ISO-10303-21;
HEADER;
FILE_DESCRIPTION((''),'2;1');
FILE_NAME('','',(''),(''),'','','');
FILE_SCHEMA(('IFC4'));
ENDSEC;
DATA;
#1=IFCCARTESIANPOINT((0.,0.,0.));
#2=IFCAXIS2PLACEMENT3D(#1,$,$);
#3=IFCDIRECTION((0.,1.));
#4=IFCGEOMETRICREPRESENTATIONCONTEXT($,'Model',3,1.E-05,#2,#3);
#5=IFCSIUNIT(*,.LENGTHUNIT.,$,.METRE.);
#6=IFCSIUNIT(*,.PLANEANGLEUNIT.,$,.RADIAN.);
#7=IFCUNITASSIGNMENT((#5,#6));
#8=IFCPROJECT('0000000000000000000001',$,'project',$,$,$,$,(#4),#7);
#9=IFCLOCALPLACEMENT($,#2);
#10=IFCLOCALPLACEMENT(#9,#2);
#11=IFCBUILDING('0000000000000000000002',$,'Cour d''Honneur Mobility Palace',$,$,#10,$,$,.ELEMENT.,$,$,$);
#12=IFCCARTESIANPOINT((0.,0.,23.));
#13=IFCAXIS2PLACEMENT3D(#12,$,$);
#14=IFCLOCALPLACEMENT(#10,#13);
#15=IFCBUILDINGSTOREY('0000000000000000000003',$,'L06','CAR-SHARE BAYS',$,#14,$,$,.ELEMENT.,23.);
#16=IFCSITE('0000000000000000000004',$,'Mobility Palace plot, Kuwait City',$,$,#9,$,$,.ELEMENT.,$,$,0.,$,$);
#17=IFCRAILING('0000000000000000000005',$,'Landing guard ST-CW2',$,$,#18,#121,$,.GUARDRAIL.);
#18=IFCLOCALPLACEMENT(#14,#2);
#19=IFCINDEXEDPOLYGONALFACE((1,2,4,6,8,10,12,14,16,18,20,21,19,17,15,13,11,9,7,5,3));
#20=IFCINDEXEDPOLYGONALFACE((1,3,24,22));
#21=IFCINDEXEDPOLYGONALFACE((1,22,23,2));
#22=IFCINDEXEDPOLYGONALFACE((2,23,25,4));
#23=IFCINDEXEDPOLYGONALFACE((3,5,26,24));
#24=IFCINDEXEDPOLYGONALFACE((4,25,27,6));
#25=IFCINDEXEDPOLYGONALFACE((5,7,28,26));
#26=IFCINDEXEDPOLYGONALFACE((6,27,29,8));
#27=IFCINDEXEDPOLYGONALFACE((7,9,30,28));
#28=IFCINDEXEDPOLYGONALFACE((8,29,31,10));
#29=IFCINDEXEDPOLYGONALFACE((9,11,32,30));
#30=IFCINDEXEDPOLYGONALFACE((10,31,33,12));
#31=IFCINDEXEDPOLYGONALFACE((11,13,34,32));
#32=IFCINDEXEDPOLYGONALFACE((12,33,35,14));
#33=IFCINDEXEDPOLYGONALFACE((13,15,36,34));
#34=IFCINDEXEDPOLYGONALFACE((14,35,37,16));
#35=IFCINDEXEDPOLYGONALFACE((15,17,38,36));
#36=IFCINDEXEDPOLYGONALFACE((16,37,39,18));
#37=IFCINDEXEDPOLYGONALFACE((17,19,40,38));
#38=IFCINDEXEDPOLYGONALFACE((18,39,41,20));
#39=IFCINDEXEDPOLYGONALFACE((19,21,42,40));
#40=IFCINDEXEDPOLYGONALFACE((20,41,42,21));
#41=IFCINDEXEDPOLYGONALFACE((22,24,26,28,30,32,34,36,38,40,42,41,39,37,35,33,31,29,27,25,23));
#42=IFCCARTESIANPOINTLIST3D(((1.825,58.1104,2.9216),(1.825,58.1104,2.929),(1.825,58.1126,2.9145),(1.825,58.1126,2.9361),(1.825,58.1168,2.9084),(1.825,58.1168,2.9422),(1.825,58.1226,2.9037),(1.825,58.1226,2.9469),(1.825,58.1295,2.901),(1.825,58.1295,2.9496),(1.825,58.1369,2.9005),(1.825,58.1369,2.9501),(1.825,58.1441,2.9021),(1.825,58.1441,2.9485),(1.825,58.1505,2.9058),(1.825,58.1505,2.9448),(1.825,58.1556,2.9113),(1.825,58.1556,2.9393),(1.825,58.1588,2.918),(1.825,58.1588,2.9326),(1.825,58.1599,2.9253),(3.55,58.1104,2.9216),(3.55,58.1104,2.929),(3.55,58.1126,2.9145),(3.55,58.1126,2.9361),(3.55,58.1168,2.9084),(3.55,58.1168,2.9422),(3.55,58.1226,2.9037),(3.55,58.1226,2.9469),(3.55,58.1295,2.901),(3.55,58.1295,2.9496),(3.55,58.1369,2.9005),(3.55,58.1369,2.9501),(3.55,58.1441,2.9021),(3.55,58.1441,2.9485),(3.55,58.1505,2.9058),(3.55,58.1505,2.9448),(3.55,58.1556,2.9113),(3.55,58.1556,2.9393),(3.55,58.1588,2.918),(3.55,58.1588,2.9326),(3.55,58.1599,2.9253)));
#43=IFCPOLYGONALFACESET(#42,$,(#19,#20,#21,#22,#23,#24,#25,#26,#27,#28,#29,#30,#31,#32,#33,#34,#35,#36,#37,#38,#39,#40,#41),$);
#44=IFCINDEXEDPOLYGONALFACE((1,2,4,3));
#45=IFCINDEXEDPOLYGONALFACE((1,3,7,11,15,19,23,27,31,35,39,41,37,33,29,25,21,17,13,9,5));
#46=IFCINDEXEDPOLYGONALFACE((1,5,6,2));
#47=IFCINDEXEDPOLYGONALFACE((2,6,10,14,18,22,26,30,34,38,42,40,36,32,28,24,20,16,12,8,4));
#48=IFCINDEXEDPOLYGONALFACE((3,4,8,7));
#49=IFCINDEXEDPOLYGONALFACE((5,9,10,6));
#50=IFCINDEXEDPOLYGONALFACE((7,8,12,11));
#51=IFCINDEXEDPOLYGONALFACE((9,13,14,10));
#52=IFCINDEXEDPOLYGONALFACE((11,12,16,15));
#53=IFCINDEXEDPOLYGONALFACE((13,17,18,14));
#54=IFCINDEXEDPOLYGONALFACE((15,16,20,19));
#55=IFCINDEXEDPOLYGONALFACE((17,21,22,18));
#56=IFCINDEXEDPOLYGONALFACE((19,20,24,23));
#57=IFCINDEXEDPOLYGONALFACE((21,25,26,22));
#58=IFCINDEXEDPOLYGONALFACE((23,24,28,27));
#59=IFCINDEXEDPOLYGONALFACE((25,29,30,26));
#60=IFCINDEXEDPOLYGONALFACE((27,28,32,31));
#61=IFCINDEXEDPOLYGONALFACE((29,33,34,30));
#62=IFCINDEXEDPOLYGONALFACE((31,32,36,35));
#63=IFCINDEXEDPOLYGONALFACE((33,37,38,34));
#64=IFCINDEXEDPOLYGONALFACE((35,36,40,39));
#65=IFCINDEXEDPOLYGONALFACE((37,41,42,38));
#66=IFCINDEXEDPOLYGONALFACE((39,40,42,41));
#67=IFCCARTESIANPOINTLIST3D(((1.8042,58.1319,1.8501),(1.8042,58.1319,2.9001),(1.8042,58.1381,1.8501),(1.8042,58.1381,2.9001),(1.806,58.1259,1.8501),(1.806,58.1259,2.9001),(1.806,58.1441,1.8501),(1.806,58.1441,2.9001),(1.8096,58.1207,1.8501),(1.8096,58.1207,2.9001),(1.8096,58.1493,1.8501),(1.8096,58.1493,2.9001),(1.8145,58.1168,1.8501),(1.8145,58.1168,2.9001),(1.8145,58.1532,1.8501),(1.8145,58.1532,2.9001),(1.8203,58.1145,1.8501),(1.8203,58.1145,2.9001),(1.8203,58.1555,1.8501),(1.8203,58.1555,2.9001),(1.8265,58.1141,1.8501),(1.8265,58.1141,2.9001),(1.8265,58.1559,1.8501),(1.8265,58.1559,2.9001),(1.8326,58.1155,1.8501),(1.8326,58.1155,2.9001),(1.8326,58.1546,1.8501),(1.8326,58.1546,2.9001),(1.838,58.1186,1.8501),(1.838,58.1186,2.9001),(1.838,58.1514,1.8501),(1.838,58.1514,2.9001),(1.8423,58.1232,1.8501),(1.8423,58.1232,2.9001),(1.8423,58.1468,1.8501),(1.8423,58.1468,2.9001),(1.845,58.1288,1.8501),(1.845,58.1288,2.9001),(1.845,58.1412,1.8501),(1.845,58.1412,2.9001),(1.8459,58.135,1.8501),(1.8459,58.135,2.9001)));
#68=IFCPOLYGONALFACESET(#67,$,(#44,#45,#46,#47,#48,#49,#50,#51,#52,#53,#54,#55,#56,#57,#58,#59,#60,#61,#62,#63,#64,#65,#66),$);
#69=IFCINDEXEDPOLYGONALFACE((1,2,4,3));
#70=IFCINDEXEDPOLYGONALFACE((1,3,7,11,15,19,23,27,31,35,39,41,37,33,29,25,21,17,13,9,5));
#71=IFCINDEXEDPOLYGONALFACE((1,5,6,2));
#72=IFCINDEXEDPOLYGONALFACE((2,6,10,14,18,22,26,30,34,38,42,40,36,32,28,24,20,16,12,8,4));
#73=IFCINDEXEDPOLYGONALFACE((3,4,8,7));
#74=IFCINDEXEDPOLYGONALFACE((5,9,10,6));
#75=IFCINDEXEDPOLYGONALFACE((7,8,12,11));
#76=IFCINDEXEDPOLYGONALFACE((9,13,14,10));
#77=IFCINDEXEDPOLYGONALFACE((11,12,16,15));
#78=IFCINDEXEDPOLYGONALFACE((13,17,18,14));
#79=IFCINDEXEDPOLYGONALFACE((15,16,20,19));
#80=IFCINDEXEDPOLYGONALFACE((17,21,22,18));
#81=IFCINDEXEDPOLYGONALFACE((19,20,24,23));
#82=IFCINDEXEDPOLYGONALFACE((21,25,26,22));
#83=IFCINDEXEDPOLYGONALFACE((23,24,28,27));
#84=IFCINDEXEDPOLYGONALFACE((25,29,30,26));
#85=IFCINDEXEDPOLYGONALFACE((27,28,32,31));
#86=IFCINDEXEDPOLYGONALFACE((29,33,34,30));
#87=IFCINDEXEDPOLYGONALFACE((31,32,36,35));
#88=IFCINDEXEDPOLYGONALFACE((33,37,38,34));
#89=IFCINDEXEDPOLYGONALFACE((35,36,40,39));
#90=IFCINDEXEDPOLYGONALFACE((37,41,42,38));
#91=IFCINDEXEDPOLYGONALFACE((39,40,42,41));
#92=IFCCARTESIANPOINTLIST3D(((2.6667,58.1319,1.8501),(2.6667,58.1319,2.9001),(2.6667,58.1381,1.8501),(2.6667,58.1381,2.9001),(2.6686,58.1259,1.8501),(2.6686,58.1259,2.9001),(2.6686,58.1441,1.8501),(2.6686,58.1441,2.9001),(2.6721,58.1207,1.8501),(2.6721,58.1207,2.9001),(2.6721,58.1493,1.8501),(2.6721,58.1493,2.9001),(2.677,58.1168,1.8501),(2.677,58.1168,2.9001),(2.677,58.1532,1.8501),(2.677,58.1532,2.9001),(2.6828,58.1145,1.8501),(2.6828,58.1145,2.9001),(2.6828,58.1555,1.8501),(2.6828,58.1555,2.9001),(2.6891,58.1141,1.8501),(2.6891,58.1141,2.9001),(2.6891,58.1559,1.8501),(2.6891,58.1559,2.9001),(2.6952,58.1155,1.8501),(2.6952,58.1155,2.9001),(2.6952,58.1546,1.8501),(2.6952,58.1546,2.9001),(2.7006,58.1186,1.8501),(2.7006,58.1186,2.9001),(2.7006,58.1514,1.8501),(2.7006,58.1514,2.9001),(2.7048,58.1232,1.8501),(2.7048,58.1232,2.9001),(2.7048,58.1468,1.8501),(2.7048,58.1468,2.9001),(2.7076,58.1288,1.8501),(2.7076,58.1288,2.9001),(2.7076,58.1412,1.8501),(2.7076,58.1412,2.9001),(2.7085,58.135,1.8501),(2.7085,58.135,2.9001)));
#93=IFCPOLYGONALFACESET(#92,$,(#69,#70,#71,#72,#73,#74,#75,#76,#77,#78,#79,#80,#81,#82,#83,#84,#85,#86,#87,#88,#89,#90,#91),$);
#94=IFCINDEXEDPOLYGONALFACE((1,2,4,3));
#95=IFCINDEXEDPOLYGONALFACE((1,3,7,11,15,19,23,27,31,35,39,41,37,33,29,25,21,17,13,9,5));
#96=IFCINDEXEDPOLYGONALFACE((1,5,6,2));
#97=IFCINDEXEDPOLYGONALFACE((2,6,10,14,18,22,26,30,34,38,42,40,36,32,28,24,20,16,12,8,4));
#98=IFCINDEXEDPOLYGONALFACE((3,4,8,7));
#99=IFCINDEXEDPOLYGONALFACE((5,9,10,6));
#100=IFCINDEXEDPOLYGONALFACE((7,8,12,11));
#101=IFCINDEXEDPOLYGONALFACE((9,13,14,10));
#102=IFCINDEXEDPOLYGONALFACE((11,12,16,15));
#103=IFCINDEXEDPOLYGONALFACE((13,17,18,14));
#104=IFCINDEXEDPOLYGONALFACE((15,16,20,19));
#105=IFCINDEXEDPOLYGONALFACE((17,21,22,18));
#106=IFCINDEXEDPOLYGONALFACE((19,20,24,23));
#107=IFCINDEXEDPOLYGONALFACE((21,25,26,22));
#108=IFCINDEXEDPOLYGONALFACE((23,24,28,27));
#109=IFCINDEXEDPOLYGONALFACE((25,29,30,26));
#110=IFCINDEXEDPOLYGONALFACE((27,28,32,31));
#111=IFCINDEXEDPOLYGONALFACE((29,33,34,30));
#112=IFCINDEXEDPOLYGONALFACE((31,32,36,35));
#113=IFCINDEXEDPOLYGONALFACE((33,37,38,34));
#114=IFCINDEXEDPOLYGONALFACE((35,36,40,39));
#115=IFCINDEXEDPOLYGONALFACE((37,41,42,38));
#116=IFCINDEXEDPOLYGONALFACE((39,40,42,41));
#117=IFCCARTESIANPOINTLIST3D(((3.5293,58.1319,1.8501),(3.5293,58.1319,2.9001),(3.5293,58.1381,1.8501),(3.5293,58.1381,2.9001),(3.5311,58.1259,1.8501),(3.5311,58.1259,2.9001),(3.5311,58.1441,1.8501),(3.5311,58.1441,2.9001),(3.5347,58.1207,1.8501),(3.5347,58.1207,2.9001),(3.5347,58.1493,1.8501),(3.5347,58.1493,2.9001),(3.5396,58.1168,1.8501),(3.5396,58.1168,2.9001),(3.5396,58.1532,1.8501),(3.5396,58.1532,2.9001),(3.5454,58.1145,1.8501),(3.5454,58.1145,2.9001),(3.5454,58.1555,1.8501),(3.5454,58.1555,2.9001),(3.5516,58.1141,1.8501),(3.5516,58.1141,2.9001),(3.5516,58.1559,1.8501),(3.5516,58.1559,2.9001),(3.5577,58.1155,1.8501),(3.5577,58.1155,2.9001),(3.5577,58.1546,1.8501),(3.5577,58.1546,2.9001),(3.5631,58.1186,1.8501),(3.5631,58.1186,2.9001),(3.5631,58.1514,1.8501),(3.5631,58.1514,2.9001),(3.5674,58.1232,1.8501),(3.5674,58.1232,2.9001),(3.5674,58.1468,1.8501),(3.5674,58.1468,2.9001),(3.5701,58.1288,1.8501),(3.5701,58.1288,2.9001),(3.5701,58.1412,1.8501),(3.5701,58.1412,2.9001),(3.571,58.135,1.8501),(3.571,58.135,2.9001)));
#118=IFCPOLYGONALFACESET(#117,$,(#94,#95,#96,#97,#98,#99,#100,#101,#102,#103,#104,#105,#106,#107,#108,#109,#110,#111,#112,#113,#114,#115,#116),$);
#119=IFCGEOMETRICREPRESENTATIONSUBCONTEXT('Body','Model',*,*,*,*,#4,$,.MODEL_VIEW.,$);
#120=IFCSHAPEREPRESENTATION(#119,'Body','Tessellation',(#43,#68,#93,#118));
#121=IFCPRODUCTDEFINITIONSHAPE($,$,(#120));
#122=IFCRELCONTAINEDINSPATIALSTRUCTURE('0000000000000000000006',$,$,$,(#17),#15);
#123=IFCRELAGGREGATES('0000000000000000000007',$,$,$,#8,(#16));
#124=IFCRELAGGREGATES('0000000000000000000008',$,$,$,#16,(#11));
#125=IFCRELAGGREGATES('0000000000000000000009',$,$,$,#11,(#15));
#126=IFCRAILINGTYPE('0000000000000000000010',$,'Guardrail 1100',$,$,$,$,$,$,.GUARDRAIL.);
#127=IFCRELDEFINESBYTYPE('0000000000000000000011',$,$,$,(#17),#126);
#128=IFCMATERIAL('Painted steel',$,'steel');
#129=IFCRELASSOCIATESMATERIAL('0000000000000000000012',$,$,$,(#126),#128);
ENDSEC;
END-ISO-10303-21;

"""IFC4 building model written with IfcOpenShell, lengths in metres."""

from ifc_helpers import new_model, si_unit, direction, frame, origin, origin_2d, place, context, subcontext, project, spatial, circle, extrude, material, type_object, element, save


model = new_model("IFC4")

# Units and contexts
model_context = context("Model", 3, precision=1e-05, world=origin(), true_north=direction((0.0, 1.0)))
body_context = subcontext(model_context, "Body", "Model", "MODEL_VIEW")
ifc_project = project(units=[si_unit("LENGTHUNIT", "METRE"), si_unit("PLANEANGLEUNIT", "RADIAN")], contexts=[model_context])

# Site, building, storey
site_placement = place(None, origin())
site = spatial("IfcSite", under=ifc_project, at=site_placement, Name="Mobility Palace plot, Kuwait City", CompositionType="ELEMENT", RefElevation=0.0)
building_placement = place(site_placement, origin())
building = spatial("IfcBuilding", under=site, at=building_placement, Name="Cour d'Honneur Mobility Palace", CompositionType="ELEMENT")
storey_placement = place(building_placement, frame((0.0, 0.0, 23.0)))
storey = spatial("IfcBuildingStorey", under=building, at=storey_placement, Name="L06", Description="CAR-SHARE BAYS", CompositionType="ELEMENT", Elevation=23.0)

# Railing
ifc_material_1 = material(Name="Painted steel", Category="steel")
railing_type_1 = type_object("IfcRailingType", Name="Guardrail 1100", PredefinedType="GUARDRAIL", material=ifc_material_1)
for number, where, name in (
    (1, (1.825, 58.135, 1.8501), "Landing guard ST-CW2"),
):
    element("IfcRailing", number, at=place(storey_placement, frame(where)), inside=storey, type_object=railing_type_1, Name=name, PredefinedType="GUARDRAIL", context=body_context, shape_type="SweptSolid", body=[
        extrude(circle(Radius=0.0249, at=origin_2d()), frame((0.0, 0.0, 1.0752), z_axis=(1.0, 0.0, 0.0), x_axis=(0.0, 1.0, 0.0)), (0.0, 0.0, 1.0), 1.7251),
        extrude(circle(Radius=0.021, at=origin_2d()), origin(), (0.0, 0.0, 1.0), 1.05),
        extrude(circle(Radius=0.021, at=origin_2d()), frame((0.8625, 0.0, 0.0)), (0.0, 0.0, 1.0), 1.05),
        extrude(circle(Radius=0.021, at=origin_2d()), frame((1.7251, 0.0, 0.0)), (0.0, 0.0, 1.0), 1.05),
    ])

save(model, "model.ifc")
